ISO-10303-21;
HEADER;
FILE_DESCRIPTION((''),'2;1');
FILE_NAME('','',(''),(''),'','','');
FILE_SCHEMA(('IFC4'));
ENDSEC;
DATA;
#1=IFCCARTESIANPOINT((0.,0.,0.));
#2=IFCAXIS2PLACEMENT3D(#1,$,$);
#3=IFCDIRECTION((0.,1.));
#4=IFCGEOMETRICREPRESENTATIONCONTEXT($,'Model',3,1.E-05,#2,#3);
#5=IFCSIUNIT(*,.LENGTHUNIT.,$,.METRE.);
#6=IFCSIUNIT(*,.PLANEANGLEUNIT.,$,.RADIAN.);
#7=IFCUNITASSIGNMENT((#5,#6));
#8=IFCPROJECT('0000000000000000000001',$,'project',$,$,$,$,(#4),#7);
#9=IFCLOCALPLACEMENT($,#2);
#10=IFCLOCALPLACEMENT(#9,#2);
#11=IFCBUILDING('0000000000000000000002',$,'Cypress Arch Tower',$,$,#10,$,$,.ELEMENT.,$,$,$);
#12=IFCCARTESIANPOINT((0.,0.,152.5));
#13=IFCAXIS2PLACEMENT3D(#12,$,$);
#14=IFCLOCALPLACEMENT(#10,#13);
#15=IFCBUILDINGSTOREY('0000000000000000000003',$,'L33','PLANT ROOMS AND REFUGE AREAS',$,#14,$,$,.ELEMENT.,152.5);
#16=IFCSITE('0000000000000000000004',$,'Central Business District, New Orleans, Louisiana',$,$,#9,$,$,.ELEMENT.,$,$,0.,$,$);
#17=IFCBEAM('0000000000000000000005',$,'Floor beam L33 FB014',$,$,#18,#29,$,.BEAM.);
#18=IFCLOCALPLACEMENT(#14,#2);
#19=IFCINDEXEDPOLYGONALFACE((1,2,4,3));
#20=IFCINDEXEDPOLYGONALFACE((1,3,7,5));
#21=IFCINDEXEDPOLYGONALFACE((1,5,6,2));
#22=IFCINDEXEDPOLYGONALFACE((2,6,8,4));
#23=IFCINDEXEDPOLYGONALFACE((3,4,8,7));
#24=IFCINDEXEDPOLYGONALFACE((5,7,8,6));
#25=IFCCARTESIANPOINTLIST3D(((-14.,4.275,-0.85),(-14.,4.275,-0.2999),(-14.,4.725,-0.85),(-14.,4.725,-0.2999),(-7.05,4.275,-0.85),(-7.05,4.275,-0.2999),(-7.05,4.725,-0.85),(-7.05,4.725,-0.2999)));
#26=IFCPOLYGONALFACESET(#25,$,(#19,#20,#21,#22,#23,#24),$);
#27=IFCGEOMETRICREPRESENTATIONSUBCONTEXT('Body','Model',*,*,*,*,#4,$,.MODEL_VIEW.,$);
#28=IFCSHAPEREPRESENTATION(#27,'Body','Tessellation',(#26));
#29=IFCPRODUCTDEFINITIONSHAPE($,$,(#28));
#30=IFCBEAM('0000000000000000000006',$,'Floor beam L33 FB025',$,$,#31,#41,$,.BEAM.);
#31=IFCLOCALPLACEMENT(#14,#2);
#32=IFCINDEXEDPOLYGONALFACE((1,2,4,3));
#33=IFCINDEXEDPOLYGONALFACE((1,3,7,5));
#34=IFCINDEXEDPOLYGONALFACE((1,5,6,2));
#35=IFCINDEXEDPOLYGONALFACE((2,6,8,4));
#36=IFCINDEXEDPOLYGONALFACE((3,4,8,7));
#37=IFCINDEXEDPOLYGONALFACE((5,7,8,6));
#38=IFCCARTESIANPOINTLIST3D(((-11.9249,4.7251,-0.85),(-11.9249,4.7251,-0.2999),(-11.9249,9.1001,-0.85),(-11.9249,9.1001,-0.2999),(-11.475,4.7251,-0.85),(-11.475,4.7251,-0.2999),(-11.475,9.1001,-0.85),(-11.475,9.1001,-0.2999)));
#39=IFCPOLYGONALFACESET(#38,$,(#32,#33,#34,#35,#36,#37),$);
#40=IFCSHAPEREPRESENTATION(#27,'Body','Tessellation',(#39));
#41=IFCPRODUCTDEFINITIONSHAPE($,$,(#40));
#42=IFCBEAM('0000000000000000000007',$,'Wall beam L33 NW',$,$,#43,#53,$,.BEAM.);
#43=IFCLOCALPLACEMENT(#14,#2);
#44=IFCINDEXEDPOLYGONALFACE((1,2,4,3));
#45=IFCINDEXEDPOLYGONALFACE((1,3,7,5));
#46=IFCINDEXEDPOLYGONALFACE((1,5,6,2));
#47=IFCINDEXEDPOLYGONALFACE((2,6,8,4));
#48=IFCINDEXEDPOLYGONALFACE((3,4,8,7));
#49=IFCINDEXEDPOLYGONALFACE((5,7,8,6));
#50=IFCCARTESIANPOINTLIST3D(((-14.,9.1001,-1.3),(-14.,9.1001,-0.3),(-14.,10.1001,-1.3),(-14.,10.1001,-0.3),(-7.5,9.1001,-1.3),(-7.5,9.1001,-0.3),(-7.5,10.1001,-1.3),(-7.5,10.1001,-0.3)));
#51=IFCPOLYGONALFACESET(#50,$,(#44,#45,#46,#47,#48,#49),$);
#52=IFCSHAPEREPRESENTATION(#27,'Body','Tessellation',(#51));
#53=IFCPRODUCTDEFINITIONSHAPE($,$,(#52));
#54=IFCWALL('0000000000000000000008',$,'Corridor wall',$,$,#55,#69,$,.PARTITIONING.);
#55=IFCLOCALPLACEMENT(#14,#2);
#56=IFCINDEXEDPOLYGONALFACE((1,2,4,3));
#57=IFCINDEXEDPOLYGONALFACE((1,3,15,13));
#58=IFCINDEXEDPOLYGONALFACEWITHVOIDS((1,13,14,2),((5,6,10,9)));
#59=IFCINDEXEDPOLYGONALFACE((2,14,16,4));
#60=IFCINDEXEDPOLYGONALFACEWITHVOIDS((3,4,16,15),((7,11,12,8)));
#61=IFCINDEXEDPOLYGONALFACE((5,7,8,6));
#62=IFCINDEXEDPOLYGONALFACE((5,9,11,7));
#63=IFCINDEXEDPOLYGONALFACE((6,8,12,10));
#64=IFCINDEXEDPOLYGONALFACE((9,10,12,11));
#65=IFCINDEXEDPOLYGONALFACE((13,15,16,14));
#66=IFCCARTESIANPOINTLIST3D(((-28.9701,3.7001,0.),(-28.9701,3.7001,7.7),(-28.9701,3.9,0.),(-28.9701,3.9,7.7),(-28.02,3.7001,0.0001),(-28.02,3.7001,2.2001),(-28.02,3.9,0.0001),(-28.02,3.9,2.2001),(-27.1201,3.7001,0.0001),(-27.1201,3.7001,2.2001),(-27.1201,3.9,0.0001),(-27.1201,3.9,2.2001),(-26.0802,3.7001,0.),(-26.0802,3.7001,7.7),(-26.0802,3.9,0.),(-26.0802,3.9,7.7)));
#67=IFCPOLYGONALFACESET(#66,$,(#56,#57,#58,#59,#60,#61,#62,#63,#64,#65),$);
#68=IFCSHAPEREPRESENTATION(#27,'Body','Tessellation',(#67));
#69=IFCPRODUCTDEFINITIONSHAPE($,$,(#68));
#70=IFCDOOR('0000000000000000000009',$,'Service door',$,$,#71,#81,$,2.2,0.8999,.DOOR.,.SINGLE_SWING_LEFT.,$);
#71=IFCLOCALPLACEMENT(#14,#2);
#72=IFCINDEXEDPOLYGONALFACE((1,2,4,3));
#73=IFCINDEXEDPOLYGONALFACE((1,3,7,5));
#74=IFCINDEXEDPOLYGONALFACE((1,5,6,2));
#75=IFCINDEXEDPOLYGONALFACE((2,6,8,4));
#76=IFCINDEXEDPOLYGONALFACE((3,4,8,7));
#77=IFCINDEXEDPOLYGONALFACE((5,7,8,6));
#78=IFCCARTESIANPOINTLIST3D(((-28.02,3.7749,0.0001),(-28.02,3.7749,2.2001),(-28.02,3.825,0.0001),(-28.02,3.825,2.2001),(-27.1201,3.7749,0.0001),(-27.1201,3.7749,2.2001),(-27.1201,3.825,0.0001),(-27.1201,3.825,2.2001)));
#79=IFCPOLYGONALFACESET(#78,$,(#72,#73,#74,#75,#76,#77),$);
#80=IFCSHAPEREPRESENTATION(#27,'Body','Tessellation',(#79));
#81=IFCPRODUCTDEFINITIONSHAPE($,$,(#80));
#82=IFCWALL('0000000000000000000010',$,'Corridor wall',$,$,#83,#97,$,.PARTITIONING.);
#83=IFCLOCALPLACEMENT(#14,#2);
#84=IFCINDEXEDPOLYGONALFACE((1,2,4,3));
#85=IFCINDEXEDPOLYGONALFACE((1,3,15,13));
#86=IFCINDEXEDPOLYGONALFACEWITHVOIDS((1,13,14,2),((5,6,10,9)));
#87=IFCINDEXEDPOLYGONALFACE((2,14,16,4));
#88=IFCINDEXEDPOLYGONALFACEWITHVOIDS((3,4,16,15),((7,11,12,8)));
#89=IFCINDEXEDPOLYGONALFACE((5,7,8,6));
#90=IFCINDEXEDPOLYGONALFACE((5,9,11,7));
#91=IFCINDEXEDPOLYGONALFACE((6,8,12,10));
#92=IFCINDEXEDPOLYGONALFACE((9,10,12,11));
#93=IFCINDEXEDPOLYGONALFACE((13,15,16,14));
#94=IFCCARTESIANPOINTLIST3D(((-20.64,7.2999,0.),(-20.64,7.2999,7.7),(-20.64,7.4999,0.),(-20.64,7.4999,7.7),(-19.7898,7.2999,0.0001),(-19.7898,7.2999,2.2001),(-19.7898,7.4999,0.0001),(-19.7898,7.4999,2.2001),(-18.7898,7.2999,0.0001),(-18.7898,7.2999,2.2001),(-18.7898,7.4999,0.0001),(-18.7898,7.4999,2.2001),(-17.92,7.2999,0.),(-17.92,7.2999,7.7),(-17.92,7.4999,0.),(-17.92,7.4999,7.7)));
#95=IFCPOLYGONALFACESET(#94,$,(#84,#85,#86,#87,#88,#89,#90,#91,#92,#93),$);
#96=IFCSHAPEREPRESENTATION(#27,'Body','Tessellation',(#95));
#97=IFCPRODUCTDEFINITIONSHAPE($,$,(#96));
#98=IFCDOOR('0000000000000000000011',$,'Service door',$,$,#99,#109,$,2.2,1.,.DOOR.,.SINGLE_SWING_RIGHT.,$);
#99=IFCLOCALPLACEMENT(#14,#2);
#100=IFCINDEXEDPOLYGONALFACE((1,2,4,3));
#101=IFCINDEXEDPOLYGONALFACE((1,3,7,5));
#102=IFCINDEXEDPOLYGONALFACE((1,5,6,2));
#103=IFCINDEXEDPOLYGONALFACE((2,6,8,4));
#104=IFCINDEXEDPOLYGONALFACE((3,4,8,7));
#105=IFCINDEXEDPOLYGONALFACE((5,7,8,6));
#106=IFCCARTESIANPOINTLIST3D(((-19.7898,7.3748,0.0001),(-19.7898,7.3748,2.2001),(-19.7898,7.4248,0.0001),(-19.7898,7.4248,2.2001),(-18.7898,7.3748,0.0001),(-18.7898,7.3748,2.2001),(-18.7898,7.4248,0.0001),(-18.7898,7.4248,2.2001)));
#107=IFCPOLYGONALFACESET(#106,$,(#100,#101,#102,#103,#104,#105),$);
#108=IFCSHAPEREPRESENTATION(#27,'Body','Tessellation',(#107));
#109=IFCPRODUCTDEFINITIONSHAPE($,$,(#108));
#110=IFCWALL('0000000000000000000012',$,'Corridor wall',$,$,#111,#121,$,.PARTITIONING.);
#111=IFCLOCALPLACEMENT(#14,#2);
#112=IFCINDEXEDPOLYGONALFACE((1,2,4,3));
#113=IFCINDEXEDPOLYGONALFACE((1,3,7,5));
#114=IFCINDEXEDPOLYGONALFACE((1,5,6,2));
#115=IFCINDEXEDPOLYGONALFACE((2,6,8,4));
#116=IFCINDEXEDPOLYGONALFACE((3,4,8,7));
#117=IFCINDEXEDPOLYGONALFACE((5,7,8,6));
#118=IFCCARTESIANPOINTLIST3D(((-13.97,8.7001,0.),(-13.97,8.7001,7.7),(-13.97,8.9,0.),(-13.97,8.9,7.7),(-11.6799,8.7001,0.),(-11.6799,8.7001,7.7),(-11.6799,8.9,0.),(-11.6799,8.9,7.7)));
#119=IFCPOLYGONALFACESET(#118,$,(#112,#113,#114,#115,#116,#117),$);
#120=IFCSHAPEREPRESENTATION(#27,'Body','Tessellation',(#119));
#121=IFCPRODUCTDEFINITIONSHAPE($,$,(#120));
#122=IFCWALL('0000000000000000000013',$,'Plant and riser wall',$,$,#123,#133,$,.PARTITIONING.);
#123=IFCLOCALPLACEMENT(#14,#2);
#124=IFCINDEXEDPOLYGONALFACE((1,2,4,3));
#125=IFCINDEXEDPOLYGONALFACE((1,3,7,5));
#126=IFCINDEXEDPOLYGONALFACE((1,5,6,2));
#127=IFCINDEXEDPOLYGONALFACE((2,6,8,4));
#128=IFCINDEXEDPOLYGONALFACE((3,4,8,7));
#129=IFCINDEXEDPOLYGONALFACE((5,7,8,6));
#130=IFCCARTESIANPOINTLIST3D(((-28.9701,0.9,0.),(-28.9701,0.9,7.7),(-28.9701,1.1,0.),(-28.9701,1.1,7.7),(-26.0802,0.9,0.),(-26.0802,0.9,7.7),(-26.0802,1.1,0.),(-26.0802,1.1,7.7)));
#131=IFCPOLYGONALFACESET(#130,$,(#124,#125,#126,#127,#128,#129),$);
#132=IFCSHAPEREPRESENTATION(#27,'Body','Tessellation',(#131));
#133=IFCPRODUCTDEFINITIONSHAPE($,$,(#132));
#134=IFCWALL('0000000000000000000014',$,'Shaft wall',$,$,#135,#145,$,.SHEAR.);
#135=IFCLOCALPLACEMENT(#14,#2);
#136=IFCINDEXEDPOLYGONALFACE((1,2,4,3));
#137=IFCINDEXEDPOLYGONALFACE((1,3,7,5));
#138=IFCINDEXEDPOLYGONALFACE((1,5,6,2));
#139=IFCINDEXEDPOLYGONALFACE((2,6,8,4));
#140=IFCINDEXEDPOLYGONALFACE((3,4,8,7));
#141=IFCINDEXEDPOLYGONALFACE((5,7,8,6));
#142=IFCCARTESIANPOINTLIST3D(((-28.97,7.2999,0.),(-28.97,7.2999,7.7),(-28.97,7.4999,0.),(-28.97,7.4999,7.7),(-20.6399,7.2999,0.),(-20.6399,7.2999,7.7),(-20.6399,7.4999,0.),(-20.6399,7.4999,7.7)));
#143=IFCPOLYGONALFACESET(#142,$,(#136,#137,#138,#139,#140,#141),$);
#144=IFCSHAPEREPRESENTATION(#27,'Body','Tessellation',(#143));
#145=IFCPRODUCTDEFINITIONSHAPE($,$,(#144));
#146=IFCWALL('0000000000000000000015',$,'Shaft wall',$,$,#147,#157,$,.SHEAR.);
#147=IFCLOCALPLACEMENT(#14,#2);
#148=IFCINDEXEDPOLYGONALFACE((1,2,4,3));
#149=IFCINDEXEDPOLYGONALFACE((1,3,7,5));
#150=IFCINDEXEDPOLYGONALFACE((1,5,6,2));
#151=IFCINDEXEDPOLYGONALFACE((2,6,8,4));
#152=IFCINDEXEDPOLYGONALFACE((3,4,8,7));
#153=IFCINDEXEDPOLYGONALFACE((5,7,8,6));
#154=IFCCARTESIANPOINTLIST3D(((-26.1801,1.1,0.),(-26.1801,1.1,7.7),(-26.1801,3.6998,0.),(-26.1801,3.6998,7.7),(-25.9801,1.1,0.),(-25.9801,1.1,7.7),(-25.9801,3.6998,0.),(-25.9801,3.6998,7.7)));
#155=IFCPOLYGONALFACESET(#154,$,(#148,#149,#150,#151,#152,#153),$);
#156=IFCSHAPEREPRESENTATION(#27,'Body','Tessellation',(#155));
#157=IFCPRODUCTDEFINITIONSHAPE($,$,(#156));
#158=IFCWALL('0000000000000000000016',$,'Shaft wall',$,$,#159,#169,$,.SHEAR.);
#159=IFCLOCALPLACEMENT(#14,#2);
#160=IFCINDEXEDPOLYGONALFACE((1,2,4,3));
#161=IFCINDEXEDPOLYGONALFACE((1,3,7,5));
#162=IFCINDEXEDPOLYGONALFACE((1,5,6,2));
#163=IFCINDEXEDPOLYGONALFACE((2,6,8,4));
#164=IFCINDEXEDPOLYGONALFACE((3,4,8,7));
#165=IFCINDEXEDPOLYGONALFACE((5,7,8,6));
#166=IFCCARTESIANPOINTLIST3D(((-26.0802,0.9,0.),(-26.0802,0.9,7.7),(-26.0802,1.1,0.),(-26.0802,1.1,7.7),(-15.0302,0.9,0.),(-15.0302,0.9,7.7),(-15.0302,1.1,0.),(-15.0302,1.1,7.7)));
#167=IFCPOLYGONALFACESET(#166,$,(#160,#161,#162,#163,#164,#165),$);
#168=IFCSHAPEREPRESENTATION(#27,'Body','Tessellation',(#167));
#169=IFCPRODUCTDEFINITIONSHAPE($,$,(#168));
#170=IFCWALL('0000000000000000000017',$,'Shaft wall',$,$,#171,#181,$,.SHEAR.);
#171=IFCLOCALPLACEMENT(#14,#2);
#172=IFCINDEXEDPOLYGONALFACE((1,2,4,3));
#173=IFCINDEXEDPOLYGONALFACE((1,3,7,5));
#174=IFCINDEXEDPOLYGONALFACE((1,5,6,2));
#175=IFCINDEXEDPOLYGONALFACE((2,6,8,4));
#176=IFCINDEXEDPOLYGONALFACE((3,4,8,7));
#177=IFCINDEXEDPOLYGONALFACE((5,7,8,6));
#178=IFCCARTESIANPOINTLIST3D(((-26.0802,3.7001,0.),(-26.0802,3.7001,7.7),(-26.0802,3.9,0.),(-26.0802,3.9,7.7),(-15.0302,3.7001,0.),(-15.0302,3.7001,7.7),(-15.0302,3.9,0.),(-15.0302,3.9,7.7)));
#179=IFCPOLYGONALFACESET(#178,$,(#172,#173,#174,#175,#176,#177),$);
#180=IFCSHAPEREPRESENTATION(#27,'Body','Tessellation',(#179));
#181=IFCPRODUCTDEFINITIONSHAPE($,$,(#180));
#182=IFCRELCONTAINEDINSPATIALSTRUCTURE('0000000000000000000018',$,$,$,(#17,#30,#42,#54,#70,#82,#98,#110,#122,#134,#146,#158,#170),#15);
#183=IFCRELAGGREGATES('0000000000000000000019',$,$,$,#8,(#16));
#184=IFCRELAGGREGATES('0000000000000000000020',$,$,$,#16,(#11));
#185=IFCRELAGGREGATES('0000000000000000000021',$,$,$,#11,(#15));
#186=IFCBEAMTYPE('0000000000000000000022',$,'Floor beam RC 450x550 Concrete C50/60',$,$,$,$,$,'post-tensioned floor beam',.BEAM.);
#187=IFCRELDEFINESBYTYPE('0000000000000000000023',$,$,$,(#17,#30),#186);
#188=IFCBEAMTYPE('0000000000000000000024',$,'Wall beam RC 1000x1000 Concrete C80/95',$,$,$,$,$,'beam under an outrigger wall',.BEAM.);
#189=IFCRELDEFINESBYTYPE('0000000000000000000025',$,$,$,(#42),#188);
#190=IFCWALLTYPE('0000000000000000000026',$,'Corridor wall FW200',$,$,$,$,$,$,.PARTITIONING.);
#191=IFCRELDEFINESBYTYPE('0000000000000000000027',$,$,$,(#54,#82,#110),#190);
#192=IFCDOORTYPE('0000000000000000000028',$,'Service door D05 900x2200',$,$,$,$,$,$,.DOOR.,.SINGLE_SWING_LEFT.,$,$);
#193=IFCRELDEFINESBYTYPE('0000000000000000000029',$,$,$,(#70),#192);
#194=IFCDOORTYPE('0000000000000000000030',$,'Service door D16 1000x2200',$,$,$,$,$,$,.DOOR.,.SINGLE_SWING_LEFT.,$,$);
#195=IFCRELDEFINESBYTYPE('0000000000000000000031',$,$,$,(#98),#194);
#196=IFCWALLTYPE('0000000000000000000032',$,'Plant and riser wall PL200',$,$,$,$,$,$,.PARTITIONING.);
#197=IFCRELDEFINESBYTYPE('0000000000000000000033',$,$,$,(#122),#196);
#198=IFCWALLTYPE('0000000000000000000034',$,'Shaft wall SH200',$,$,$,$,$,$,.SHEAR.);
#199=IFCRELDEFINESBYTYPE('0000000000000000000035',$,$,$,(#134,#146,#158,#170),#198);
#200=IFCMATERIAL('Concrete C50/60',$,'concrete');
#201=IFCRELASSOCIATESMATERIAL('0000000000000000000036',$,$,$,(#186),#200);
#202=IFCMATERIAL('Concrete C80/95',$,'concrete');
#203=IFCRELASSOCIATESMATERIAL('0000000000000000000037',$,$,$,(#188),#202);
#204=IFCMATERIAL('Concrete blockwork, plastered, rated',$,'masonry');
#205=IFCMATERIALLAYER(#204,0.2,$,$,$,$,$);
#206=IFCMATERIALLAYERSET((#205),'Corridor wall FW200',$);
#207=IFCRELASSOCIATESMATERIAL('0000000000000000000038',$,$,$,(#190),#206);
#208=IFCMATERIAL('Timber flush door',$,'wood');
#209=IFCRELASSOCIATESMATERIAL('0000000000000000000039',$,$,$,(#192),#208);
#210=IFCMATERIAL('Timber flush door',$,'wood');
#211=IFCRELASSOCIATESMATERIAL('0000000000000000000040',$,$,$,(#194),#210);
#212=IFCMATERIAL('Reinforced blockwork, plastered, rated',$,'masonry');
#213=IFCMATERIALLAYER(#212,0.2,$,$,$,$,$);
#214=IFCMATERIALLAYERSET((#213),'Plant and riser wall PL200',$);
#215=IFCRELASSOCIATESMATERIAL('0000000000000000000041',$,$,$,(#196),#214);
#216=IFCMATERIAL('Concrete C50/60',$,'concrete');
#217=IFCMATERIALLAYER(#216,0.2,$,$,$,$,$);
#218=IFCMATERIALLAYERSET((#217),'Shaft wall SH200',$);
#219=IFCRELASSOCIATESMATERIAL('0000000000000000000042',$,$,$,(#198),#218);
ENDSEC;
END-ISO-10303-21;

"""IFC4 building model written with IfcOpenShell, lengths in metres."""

from ifc_helpers import new_model, si_unit, direction, frame, frame_2d, origin, origin_2d, place, context, subcontext, project, spatial, rectangle, extrude, material, layer, layer_set, material_profile, profile_set, type_object, element, fill, save


model = new_model("IFC4")

# Units and contexts
model_context = context("Model", 3, precision=1e-05, world=origin(), true_north=direction((0.0, 1.0)))
body_context = subcontext(model_context, "Body", "Model", "MODEL_VIEW")
ifc_project = project(units=[si_unit("LENGTHUNIT", "METRE"), si_unit("PLANEANGLEUNIT", "RADIAN")], contexts=[model_context])

# Site, building, storey
site_placement = place(None, origin())
site = spatial("IfcSite", under=ifc_project, at=site_placement, Name="Central Business District, New Orleans, Louisiana", CompositionType="ELEMENT", RefElevation=0.0)
building_placement = place(site_placement, origin())
building = spatial("IfcBuilding", under=site, at=building_placement, Name="Cypress Arch Tower", CompositionType="ELEMENT")
storey_placement = place(building_placement, frame((0.0, 0.0, 152.5)))
storey = spatial("IfcBuildingStorey", under=building, at=storey_placement, Name="L33", Description="PLANT ROOMS AND REFUGE AREAS", CompositionType="ELEMENT", Elevation=152.5)

# Beams
ifc_material_1 = material(Name="Concrete C50/60", Category="concrete")
ifc_material_profile_1 = material_profile(ifc_material_1, rectangle(XDim=0.45, YDim=0.55, at=origin_2d()), Name="RC 450x550")
ifc_profile_set_1 = profile_set([ifc_material_profile_1], Name="Concrete C50/60")
beam_type_1 = type_object("IfcBeamType", Name="Floor beam RC 450x550 Concrete C50/60", ElementType="post-tensioned floor beam", PredefinedType="BEAM", material=ifc_profile_set_1)
beam_1_placement = place(storey_placement, frame((-14.0, 4.5, -0.575), z_axis=(1.0, 0.0, 0.0), x_axis=(0.0, 1.0, 0.0)))
element("IfcBeam", 1, at=beam_1_placement, inside=storey, type_object=beam_type_1, Name="Floor beam L33 FB014", PredefinedType="BEAM", context=body_context, shape_type="SweptSolid", body=[
    extrude(rectangle(XDim=0.45, YDim=0.55, at=origin_2d()), origin(), (0.0, 0.0, 1.0), 6.95),
])
beam_2_placement = place(storey_placement, frame((-11.7, 4.7251, -0.575), z_axis=(0.0, 1.0, 0.0), x_axis=(-1.0, 0.0, 0.0)))
element("IfcBeam", 2, at=beam_2_placement, inside=storey, type_object=beam_type_1, Name="Floor beam L33 FB025", PredefinedType="BEAM", context=body_context, shape_type="SweptSolid", body=[
    extrude(rectangle(XDim=0.45, YDim=0.55, at=origin_2d()), origin(), (0.0, 0.0, 1.0), 4.375),
])
ifc_material_2 = material(Name="Concrete C80/95", Category="concrete")
ifc_material_profile_2 = material_profile(ifc_material_2, rectangle(XDim=1.0, YDim=1.0, at=origin_2d()), Name="RC 1000x1000")
ifc_profile_set_2 = profile_set([ifc_material_profile_2], Name="Concrete C80/95")
beam_type_2 = type_object("IfcBeamType", Name="Wall beam RC 1000x1000 Concrete C80/95", ElementType="beam under an outrigger wall", PredefinedType="BEAM", material=ifc_profile_set_2)
beam_3_placement = place(storey_placement, frame((-14.0, 9.6001, -0.8), z_axis=(1.0, 0.0, 0.0), x_axis=(0.0, 1.0, 0.0)))
element("IfcBeam", 3, at=beam_3_placement, inside=storey, type_object=beam_type_2, Name="Wall beam L33 NW", PredefinedType="BEAM", context=body_context, shape_type="SweptSolid", body=[
    extrude(rectangle(XDim=1.0, YDim=1.0, at=origin_2d()), origin(), (0.0, 0.0, 1.0), 6.5),
])

# Walls, openings, doors
ifc_material_3 = material(Name="Concrete blockwork, plastered, rated", Category="masonry")
ifc_layer_1 = layer(ifc_material_3, 0.2)
ifc_layer_set_1 = layer_set([ifc_layer_1], Name="Corridor wall FW200")
wall_type_1 = type_object("IfcWallType", Name="Corridor wall FW200", PredefinedType="PARTITIONING", material=ifc_layer_set_1)
wall_1_placement = place(storey_placement, frame((-28.97, 3.8, 0.0), z_axis=(0.0, 0.0, 1.0), x_axis=(1.0, 0.0, 0.0)))
wall_1 = element("IfcWall", 4, at=wall_1_placement, inside=storey, type_object=wall_type_1, Name="Corridor wall", PredefinedType="PARTITIONING", context=body_context, shape_type="SweptSolid", body=[
    extrude(rectangle(XDim=2.8899, YDim=0.2, at=frame_2d((1.4448, 0.0))), origin(), (0.0, 0.0, 1.0), 7.7),
])
opening_1_placement = place(wall_1_placement, frame((0.95, 0.0, 0.0)))
opening_1 = element("IfcOpeningElement", 5, at=opening_1_placement, cuts=wall_1, PredefinedType="OPENING", context=body_context, shape_type="SweptSolid", body=[
    extrude(rectangle(XDim=0.8999, YDim=2.2, at=frame_2d((0.45, 1.1001))), frame((0.0, 0.1099, 0.0), z_axis=(0.0, -1.0, 0.0), x_axis=(1.0, 0.0, 0.0)), (0.0, 0.0, 1.0), 0.22),
])
ifc_material_4 = material(Name="Timber flush door", Category="wood")
door_type_1 = type_object("IfcDoorType", Name="Service door D05 900x2200", OperationType="SINGLE_SWING_LEFT", PredefinedType="DOOR", material=ifc_material_4)
door_1_placement = place(opening_1_placement, origin())
door_1 = element("IfcDoor", 6, at=door_1_placement, inside=storey, type_object=door_type_1, Name="Service door", OperationType="SINGLE_SWING_LEFT", OverallHeight=2.2, OverallWidth=0.8999, PredefinedType="DOOR", context=body_context, shape_type="SweptSolid", body=[
    extrude(rectangle(XDim=0.8999, YDim=2.2, at=frame_2d((0.45, 1.1001))), frame((0.0, 0.0249, 0.0), z_axis=(0.0, -1.0, 0.0), x_axis=(1.0, 0.0, 0.0)), (0.0, 0.0, 1.0), 0.05),
])
fill(opening_1, door_1)
wall_2_placement = place(storey_placement, frame((-20.6399, 7.3999, 0.0), z_axis=(0.0, 0.0, 1.0), x_axis=(1.0, 0.0, 0.0)))
wall_2 = element("IfcWall", 7, at=wall_2_placement, inside=storey, type_object=wall_type_1, Name="Corridor wall", PredefinedType="PARTITIONING", context=body_context, shape_type="SweptSolid", body=[
    extrude(rectangle(XDim=2.72, YDim=0.2, at=frame_2d((1.3599, 0.0))), origin(), (0.0, 0.0, 1.0), 7.7),
])
opening_2_placement = place(wall_2_placement, frame((0.8501, 0.0, 0.0)))
opening_2 = element("IfcOpeningElement", 8, at=opening_2_placement, cuts=wall_2, PredefinedType="OPENING", context=body_context, shape_type="SweptSolid", body=[
    extrude(rectangle(XDim=1.0, YDim=2.2, at=frame_2d((0.5, 1.1001))), frame((0.0, 0.1099, 0.0), z_axis=(0.0, -1.0, 0.0), x_axis=(1.0, 0.0, 0.0)), (0.0, 0.0, 1.0), 0.22),
])
ifc_material_5 = material(Name="Timber flush door", Category="wood")
door_type_2 = type_object("IfcDoorType", Name="Service door D16 1000x2200", OperationType="SINGLE_SWING_LEFT", PredefinedType="DOOR", material=ifc_material_5)
door_2_placement = place(opening_2_placement, origin())
door_2 = element("IfcDoor", 9, at=door_2_placement, inside=storey, type_object=door_type_2, Name="Service door", OperationType="SINGLE_SWING_RIGHT", OverallHeight=2.2, OverallWidth=1.0, PredefinedType="DOOR", context=body_context, shape_type="SweptSolid", body=[
    extrude(rectangle(XDim=1.0, YDim=2.2, at=frame_2d((0.5, 1.1001))), frame((0.0, 0.0249, 0.0), z_axis=(0.0, -1.0, 0.0), x_axis=(1.0, 0.0, 0.0)), (0.0, 0.0, 1.0), 0.05),
])
fill(opening_2, door_2)

# Walls
wall_3_placement = place(storey_placement, frame((-13.97, 8.8, 0.0), z_axis=(0.0, 0.0, 1.0), x_axis=(1.0, 0.0, 0.0)))
element("IfcWall", 10, at=wall_3_placement, inside=storey, type_object=wall_type_1, Name="Corridor wall", PredefinedType="PARTITIONING", context=body_context, shape_type="SweptSolid", body=[
    extrude(rectangle(XDim=2.29, YDim=0.2, at=frame_2d((1.145, 0.0))), origin(), (0.0, 0.0, 1.0), 7.7),
])
ifc_material_6 = material(Name="Reinforced blockwork, plastered, rated", Category="masonry")
ifc_layer_2 = layer(ifc_material_6, 0.2)
ifc_layer_set_2 = layer_set([ifc_layer_2], Name="Plant and riser wall PL200")
wall_type_2 = type_object("IfcWallType", Name="Plant and riser wall PL200", PredefinedType="PARTITIONING", material=ifc_layer_set_2)
wall_4_placement = place(storey_placement, frame((-28.97, 1.0, 0.0), z_axis=(0.0, 0.0, 1.0), x_axis=(1.0, 0.0, 0.0)))
element("IfcWall", 11, at=wall_4_placement, inside=storey, type_object=wall_type_2, Name="Plant and riser wall", PredefinedType="PARTITIONING", context=body_context, shape_type="SweptSolid", body=[
    extrude(rectangle(XDim=2.8899, YDim=0.2, at=frame_2d((1.4448, 0.0))), origin(), (0.0, 0.0, 1.0), 7.7),
])
ifc_material_7 = material(Name="Concrete C50/60", Category="concrete")
ifc_layer_3 = layer(ifc_material_7, 0.2)
ifc_layer_set_3 = layer_set([ifc_layer_3], Name="Shaft wall SH200")
wall_type_3 = type_object("IfcWallType", Name="Shaft wall SH200", PredefinedType="SHEAR", material=ifc_layer_set_3)
wall_5_placement = place(storey_placement, frame((-28.97, 7.3999, 0.0), z_axis=(0.0, 0.0, 1.0), x_axis=(1.0, 0.0, 0.0)))
element("IfcWall", 12, at=wall_5_placement, inside=storey, type_object=wall_type_3, Name="Shaft wall", PredefinedType="SHEAR", context=body_context, shape_type="SweptSolid", body=[
    extrude(rectangle(XDim=8.3301, YDim=0.2, at=frame_2d((4.165, 0.0))), origin(), (0.0, 0.0, 1.0), 7.7),
])
wall_6_placement = place(storey_placement, frame((-26.0801, 1.1001, 0.0), z_axis=(0.0, 0.0, 1.0), x_axis=(0.0, 1.0, 0.0)))
element("IfcWall", 13, at=wall_6_placement, inside=storey, type_object=wall_type_3, Name="Shaft wall", PredefinedType="SHEAR", context=body_context, shape_type="SweptSolid", body=[
    extrude(rectangle(XDim=2.5999, YDim=0.2, at=frame_2d((1.2998, 0.0))), origin(), (0.0, 0.0, 1.0), 7.7),
])
for number, where, z_axis, x_axis, name in (
    (14, (-26.0801, 1.0, 0.0), (0.0, 0.0, 1.0), (1.0, 0.0, 0.0), "Shaft wall"),
    (15, (-26.0801, 3.8, 0.0), (0.0, 0.0, 1.0), (1.0, 0.0, 0.0), "Shaft wall"),
):
    element("IfcWall", number, at=place(storey_placement, frame(where, z_axis=z_axis, x_axis=x_axis)), inside=storey, type_object=wall_type_3, Name=name, PredefinedType="SHEAR", context=body_context, shape_type="SweptSolid", body=[
        extrude(rectangle(XDim=11.05, YDim=0.2, at=frame_2d((5.5249, 0.0))), origin(), (0.0, 0.0, 1.0), 7.7),
    ])

save(model, "model.ifc")
